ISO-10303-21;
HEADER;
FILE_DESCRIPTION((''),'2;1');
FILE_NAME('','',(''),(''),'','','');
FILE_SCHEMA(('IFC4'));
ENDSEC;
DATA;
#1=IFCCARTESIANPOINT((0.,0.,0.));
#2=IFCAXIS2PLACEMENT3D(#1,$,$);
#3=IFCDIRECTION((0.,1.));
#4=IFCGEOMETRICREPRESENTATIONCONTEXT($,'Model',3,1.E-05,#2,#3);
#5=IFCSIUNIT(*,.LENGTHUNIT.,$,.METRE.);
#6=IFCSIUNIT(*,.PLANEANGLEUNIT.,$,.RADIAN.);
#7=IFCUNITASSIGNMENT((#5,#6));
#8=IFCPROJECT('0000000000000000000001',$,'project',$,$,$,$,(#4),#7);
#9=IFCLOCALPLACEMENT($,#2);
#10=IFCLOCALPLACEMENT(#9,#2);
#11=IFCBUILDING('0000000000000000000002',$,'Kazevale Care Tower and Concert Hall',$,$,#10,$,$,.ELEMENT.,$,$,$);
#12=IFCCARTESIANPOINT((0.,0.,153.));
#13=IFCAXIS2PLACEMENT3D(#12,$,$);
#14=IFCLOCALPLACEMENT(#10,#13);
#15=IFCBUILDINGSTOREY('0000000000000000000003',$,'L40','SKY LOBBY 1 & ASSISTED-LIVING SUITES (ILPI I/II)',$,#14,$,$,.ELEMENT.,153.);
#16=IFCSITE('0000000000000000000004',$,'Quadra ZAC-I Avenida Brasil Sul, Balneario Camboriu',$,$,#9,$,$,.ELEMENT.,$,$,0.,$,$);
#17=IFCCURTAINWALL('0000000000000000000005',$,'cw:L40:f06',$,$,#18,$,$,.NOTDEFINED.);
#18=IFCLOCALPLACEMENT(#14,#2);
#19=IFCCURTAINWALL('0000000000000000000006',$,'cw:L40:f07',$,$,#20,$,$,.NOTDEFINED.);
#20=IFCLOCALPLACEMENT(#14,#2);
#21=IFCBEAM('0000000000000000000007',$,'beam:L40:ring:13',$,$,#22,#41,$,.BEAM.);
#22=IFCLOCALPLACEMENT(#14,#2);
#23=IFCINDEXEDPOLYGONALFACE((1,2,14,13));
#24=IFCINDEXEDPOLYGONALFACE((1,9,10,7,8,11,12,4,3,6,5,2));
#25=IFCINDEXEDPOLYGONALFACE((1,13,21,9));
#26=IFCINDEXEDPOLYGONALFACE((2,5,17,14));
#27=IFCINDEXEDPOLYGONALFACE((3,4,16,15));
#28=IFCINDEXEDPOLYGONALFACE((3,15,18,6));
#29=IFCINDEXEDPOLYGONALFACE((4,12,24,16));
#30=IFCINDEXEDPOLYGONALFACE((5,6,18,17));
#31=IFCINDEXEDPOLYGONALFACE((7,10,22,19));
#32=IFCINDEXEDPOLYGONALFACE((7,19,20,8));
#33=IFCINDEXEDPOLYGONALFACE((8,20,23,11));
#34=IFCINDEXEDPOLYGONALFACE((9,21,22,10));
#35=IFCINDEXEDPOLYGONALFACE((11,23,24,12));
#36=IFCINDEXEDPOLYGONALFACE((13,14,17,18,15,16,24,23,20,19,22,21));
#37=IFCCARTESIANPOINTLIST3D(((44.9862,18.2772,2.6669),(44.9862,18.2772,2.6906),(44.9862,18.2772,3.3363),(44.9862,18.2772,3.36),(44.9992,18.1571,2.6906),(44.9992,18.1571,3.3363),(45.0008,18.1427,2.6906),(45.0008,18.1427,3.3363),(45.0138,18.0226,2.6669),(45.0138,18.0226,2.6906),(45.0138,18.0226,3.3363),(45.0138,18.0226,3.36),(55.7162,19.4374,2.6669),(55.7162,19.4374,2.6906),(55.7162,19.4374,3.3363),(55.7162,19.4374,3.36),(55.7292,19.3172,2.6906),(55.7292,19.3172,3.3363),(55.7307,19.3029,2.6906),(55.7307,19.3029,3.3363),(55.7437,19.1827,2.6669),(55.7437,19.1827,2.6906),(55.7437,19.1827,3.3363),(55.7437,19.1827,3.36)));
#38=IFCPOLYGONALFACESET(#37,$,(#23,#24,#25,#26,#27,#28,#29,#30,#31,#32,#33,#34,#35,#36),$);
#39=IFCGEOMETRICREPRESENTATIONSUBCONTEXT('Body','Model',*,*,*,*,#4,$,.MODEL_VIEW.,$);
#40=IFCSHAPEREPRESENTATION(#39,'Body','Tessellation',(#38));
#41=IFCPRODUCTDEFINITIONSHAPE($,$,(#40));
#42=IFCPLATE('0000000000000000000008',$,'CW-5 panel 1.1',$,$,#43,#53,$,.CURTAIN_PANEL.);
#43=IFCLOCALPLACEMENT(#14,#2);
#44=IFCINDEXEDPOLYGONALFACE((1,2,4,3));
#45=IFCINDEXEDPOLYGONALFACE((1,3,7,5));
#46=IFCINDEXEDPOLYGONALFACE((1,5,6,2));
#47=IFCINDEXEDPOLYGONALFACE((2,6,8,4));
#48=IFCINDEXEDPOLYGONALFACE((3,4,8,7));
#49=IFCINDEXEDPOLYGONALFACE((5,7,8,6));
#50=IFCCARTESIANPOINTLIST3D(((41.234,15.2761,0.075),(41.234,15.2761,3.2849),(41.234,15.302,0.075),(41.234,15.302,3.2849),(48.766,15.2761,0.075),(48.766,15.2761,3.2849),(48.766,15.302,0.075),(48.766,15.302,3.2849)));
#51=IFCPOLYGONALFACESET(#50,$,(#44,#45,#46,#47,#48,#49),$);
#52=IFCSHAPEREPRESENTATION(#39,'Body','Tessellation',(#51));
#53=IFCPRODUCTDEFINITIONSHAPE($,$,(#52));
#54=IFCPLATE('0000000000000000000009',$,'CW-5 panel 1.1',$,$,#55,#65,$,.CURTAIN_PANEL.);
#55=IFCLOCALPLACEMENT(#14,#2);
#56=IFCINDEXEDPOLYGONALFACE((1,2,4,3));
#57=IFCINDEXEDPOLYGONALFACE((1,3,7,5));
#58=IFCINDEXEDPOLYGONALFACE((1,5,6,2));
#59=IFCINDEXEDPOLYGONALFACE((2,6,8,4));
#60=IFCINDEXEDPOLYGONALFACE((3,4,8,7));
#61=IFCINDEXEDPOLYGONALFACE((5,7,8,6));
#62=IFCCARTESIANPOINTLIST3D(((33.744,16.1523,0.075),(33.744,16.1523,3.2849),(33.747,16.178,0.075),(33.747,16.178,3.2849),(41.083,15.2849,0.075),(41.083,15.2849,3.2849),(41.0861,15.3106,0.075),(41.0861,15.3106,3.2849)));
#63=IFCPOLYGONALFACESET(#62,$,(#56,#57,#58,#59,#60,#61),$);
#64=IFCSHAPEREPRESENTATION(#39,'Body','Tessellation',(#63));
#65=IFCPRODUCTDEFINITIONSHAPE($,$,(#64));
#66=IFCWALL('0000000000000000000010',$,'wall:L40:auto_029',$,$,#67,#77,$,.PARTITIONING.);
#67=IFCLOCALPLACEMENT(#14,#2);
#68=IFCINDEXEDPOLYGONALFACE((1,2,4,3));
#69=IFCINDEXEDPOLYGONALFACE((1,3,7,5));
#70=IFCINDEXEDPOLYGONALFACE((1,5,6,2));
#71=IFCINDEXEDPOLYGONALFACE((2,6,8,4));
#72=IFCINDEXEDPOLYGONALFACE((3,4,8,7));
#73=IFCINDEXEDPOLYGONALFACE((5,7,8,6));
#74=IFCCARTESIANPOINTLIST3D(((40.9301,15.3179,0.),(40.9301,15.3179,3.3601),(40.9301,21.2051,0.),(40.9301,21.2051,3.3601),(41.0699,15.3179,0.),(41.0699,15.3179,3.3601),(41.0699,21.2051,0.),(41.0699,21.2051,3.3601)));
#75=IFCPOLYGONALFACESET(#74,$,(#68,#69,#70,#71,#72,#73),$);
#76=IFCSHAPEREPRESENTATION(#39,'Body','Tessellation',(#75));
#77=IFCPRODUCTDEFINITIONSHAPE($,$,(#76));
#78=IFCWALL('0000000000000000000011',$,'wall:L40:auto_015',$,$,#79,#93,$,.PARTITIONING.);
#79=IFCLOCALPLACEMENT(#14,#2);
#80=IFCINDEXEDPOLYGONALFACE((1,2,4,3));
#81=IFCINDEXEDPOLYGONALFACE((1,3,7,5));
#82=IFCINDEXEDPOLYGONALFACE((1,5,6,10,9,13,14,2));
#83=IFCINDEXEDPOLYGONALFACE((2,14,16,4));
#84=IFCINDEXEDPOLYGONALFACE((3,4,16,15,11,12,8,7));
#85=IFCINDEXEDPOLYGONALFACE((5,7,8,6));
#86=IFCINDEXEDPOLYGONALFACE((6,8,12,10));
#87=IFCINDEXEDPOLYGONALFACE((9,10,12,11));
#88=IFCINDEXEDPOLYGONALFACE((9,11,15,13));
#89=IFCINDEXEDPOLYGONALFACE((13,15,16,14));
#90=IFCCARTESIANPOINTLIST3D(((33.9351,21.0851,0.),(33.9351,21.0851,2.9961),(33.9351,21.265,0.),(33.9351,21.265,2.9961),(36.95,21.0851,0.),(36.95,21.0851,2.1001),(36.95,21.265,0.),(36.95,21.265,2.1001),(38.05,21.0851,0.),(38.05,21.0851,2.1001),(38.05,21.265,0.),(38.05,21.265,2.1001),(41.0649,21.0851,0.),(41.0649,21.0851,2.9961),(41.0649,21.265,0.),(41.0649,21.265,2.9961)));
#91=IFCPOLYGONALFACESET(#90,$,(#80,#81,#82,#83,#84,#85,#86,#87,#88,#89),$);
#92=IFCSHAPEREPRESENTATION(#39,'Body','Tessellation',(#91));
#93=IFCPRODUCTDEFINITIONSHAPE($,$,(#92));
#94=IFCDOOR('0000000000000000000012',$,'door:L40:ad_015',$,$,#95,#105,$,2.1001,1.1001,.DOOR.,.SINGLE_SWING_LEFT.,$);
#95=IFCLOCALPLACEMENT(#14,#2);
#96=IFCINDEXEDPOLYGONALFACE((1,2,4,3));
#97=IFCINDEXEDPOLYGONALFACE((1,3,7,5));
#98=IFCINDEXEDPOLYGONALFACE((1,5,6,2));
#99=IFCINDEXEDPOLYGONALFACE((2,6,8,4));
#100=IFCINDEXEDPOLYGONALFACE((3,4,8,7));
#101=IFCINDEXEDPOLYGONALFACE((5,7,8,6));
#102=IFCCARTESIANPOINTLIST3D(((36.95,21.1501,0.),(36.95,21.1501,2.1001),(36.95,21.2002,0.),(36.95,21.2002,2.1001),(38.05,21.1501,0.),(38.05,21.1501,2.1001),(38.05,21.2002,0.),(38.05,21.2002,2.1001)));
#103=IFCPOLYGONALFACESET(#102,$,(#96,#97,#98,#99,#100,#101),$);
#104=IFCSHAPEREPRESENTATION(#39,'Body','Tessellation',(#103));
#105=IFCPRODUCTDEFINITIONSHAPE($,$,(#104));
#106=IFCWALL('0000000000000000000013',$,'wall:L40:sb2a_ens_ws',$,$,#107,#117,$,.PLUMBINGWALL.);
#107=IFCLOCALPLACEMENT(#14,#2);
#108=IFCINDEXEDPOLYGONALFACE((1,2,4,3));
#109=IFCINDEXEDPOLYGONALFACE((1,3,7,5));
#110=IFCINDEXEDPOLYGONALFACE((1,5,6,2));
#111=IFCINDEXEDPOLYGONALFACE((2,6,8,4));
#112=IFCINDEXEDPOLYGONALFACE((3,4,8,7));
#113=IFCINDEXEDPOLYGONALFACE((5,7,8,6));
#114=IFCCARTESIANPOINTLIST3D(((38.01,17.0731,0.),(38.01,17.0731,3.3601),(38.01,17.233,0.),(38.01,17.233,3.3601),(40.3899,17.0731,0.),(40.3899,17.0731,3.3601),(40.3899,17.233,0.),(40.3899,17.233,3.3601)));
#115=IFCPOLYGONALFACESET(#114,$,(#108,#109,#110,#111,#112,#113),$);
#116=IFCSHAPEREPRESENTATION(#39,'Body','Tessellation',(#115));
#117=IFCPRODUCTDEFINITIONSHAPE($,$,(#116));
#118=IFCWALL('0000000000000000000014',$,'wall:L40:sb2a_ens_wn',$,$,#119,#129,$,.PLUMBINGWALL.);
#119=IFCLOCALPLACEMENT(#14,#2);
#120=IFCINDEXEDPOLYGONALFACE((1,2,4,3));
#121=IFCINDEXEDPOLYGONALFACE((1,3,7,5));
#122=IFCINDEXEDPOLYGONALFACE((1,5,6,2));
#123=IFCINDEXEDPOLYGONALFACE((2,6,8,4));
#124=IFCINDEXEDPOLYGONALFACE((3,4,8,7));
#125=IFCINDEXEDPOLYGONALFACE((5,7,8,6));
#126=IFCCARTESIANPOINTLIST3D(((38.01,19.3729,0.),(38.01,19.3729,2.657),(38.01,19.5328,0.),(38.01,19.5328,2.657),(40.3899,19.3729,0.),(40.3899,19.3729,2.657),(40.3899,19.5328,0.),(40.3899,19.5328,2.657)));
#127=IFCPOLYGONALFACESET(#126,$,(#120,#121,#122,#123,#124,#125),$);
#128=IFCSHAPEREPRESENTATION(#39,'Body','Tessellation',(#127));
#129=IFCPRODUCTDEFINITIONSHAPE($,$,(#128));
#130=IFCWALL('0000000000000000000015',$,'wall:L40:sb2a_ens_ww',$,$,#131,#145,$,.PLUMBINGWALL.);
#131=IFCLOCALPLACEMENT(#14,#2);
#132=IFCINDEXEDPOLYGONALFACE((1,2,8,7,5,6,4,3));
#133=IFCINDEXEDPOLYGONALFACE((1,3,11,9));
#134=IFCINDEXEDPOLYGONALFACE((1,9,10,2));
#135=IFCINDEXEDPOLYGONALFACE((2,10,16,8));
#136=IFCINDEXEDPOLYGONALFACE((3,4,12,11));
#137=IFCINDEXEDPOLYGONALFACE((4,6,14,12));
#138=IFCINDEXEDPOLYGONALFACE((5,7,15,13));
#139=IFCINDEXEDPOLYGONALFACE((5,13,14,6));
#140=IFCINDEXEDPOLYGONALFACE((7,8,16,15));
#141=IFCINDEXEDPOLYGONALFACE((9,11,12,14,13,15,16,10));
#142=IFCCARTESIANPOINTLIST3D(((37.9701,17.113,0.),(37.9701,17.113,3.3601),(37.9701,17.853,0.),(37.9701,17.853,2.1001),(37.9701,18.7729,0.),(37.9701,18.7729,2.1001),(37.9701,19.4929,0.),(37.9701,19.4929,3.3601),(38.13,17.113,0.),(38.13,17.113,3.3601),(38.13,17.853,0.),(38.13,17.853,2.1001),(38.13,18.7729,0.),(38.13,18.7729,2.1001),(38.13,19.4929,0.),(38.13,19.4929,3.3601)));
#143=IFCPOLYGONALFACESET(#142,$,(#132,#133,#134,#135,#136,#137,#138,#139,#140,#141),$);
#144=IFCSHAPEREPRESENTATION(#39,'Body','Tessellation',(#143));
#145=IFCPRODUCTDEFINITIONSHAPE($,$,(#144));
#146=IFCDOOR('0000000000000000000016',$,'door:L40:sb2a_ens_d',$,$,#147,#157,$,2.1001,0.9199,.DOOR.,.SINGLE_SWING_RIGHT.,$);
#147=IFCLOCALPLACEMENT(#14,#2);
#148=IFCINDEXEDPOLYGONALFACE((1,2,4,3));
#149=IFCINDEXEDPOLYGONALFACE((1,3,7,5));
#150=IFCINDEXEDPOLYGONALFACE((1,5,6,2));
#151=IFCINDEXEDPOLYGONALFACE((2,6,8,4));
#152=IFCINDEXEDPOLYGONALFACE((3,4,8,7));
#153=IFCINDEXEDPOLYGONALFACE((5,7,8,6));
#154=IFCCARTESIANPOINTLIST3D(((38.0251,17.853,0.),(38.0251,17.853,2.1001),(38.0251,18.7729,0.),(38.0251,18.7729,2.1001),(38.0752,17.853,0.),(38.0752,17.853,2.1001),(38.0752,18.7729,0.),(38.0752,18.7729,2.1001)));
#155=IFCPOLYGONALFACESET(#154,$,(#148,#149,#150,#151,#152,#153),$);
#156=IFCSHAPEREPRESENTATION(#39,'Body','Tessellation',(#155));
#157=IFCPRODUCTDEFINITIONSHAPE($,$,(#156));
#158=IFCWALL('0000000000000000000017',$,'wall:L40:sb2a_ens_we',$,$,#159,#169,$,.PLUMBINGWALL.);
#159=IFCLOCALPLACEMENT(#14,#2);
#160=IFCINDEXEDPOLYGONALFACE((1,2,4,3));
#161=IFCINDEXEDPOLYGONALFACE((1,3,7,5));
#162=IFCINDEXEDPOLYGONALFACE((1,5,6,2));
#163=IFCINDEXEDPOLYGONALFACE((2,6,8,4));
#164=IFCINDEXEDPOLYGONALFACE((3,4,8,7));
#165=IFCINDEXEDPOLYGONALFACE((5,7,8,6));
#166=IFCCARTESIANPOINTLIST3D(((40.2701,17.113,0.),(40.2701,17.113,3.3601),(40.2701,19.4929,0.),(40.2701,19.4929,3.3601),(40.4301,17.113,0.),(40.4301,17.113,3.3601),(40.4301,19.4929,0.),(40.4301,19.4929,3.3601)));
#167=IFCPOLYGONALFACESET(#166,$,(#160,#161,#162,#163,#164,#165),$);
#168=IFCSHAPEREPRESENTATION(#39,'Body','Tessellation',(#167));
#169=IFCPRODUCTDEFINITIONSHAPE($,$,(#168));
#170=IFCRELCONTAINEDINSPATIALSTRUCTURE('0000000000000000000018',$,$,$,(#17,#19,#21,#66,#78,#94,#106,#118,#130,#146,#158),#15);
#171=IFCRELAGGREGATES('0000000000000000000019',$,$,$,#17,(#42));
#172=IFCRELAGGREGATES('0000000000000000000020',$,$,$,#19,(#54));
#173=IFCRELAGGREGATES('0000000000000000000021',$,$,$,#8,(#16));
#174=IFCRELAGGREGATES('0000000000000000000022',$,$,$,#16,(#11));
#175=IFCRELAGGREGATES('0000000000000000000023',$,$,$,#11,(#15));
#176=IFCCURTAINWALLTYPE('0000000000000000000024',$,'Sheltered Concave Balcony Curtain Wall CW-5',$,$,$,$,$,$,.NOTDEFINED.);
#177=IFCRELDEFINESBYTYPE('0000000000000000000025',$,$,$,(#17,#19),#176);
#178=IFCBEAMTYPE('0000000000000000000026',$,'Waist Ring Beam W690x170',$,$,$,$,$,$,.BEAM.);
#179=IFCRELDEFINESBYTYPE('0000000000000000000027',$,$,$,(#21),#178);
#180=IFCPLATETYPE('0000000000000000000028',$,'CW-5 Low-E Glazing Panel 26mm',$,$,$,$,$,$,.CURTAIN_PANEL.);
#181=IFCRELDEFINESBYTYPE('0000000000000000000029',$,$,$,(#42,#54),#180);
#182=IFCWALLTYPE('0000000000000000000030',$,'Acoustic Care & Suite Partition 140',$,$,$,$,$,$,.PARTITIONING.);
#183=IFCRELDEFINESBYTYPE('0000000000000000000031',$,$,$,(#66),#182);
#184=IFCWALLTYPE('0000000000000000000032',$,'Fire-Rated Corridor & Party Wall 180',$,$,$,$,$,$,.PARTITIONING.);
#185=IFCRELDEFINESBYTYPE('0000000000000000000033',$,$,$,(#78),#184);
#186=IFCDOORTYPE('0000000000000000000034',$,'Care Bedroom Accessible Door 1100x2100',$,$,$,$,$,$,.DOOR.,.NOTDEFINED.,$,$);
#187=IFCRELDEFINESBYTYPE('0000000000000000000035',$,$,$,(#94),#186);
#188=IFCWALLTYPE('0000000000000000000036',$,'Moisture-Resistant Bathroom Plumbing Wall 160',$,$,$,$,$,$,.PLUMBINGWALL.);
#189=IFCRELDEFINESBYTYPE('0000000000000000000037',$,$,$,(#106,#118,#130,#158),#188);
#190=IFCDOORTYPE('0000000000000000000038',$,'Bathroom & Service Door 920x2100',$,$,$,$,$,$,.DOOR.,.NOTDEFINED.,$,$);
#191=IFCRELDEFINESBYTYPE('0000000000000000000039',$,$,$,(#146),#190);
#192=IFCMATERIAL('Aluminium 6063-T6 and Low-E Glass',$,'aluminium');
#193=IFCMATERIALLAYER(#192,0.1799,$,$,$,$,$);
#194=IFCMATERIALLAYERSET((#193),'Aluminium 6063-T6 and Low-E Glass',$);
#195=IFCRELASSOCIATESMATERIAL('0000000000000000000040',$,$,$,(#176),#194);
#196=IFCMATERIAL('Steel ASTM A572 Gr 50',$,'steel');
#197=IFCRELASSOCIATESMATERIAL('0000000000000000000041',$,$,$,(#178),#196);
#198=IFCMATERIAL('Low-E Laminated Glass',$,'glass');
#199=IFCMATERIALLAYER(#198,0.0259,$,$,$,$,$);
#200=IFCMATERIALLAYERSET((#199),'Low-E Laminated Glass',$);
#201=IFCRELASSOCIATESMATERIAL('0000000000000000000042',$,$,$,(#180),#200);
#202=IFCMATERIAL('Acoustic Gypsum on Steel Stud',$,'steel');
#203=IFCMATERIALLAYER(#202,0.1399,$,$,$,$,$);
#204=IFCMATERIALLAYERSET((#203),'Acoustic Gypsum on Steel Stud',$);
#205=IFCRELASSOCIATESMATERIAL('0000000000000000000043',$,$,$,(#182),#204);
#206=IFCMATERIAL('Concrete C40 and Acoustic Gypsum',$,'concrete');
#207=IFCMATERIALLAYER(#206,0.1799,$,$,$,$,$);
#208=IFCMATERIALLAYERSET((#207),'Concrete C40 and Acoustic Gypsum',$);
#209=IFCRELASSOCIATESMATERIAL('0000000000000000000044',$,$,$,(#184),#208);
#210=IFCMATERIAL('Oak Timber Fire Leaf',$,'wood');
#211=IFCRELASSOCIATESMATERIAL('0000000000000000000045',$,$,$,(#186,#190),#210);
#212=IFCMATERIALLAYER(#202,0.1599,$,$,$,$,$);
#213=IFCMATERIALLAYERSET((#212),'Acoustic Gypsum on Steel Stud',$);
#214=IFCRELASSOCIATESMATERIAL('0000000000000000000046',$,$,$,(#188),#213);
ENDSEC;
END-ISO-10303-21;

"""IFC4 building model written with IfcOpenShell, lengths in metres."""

from ifc_helpers import new_model, si_unit, direction, frame, frame_2d, origin, origin_2d, place, context, subcontext, project, spatial, rectangle, i_section, extrude, material, layer, layer_set, material_profile, profile_set, type_object, element, fill, aggregate, save


model = new_model("IFC4")

# Units and contexts
model_context = context("Model", 3, precision=1e-05, world=origin(), true_north=direction((0.0, 1.0)))
body_context = subcontext(model_context, "Body", "Model", "MODEL_VIEW")
ifc_project = project(units=[si_unit("LENGTHUNIT", "METRE"), si_unit("PLANEANGLEUNIT", "RADIAN")], contexts=[model_context])

# Site, building, storey
site_placement = place(None, origin())
site = spatial("IfcSite", under=ifc_project, at=site_placement, Name="Quadra ZAC-I Avenida Brasil Sul, Balneario Camboriu", CompositionType="ELEMENT", RefElevation=0.0)
building_placement = place(site_placement, origin())
building = spatial("IfcBuilding", under=site, at=building_placement, Name="Kazevale Care Tower and Concert Hall", CompositionType="ELEMENT")
storey_placement = place(building_placement, frame((0.0, 0.0, 153.0)))
storey = spatial("IfcBuildingStorey", under=building, at=storey_placement, Name="L40", Description="SKY LOBBY 1 & ASSISTED-LIVING SUITES (ILPI I/II)", CompositionType="ELEMENT", Elevation=153.0)

# Curtain wall
ifc_material_1 = material(Name="Aluminium 6063-T6 and Low-E Glass", Category="aluminium")
ifc_layer_1 = layer(ifc_material_1, 0.1799)
ifc_layer_set_1 = layer_set([ifc_layer_1], Name="Aluminium 6063-T6 and Low-E Glass")
curtain_wall_type = type_object("IfcCurtainWallType", Name="Sheltered Concave Balcony Curtain Wall CW-5", PredefinedType="NOTDEFINED", material=ifc_layer_set_1)
curtain_wall_1_placement = place(storey_placement, origin())
curtain_wall_1 = element("IfcCurtainWall", 1, at=curtain_wall_1_placement, inside=storey, type_object=curtain_wall_type, Name="cw:L40:f06", PredefinedType="NOTDEFINED")

# Curtain wall
curtain_wall_2_placement = place(storey_placement, origin())
curtain_wall_2 = element("IfcCurtainWall", 2, at=curtain_wall_2_placement, inside=storey, type_object=curtain_wall_type, Name="cw:L40:f07", PredefinedType="NOTDEFINED")

# Beam
ifc_material_2 = material(Name="Steel ASTM A572 Gr 50", Category="steel")
ifc_material_profile_1 = material_profile(ifc_material_2, i_section(OverallWidth=0.2561, OverallDepth=0.6931, WebThickness=0.0144, FlangeThickness=0.0237, at=origin_2d()), Name="W690x170")
ifc_profile_set_1 = profile_set([ifc_material_profile_1], Name="Steel ASTM A572 Gr 50")
beam_type_1 = type_object("IfcBeamType", Name="Waist Ring Beam W690x170", PredefinedType="BEAM", material=ifc_profile_set_1)
beam_1_placement = place(storey_placement, frame((45.0, 18.1499, 3.0134), z_axis=(0.994205, 0.107496, 0.0), x_axis=(-0.107496, 0.994205, 0.0)))
element("IfcBeam", 3, at=beam_1_placement, inside=storey, type_object=beam_type_1, Name="beam:L40:ring:13", PredefinedType="BEAM", context=body_context, shape_type="SweptSolid", body=[
    extrude(i_section(OverallWidth=0.2561, OverallDepth=0.6931, WebThickness=0.0144, FlangeThickness=0.0237, at=origin_2d()), origin(), (0.0, 0.0, 1.0), 10.7925),
])

# Plates
ifc_material_3 = material(Name="Low-E Laminated Glass", Category="glass")
ifc_layer_2 = layer(ifc_material_3, 0.0259)
ifc_layer_set_2 = layer_set([ifc_layer_2], Name="Low-E Laminated Glass")
plate_type = type_object("IfcPlateType", Name="CW-5 Low-E Glazing Panel 26mm", PredefinedType="CURTAIN_PANEL", material=ifc_layer_set_2)
plate_1_placement = place(storey_placement, frame((45.0, 15.2891, 0.075), z_axis=(0.0, 0.0, 1.0), x_axis=(-1.0, 0.0, 0.0)))
plate_1 = element("IfcPlate", 4, at=plate_1_placement, type_object=plate_type, Name="CW-5 panel 1.1", PredefinedType="CURTAIN_PANEL", context=body_context, shape_type="SweptSolid", body=[
    extrude(rectangle(XDim=7.532, YDim=0.0259, at=origin_2d()), origin(), (0.0, 0.0, 1.0), 3.21),
])
aggregate(curtain_wall_1, [plate_1])
plate_2_placement = place(storey_placement, frame((37.415, 15.7314, 0.075), z_axis=(0.0, 0.0, 1.0), x_axis=(-0.993088, 0.117372, 0.0)))
plate_2 = element("IfcPlate", 5, at=plate_2_placement, type_object=plate_type, Name="CW-5 panel 1.1", PredefinedType="CURTAIN_PANEL", context=body_context, shape_type="SweptSolid", body=[
    extrude(rectangle(XDim=7.3901, YDim=0.0259, at=origin_2d()), origin(), (0.0, 0.0, 1.0), 3.21),
])
aggregate(curtain_wall_2, [plate_2])

# Wall
ifc_material_4 = material(Name="Acoustic Gypsum on Steel Stud", Category="steel")
ifc_layer_3 = layer(ifc_material_4, 0.1399)
ifc_layer_set_3 = layer_set([ifc_layer_3], Name="Acoustic Gypsum on Steel Stud")
wall_type_1 = type_object("IfcWallType", Name="Acoustic Care & Suite Partition 140", PredefinedType="PARTITIONING", material=ifc_layer_set_3)
wall_1_placement = place(storey_placement, frame((41.0, 21.2051, 0.0), z_axis=(0.0, 0.0, 1.0), x_axis=(0.0, -1.0, 0.0)))
element("IfcWall", 6, at=wall_1_placement, inside=storey, type_object=wall_type_1, Name="wall:L40:auto_029", PredefinedType="PARTITIONING", context=body_context, shape_type="SweptSolid", body=[
    extrude(rectangle(XDim=5.8872, YDim=0.1399, at=frame_2d((2.9436, 0.0))), origin(), (0.0, 0.0, 1.0), 3.3601),
])

# Wall, opening, door
ifc_material_5 = material(Name="Concrete C40 and Acoustic Gypsum", Category="concrete")
ifc_layer_4 = layer(ifc_material_5, 0.1799)
ifc_layer_set_4 = layer_set([ifc_layer_4], Name="Concrete C40 and Acoustic Gypsum")
wall_type_2 = type_object("IfcWallType", Name="Fire-Rated Corridor & Party Wall 180", PredefinedType="PARTITIONING", material=ifc_layer_set_4)
wall_2_placement = place(storey_placement, frame((41.0649, 21.175, 0.0), z_axis=(0.0, 0.0, 1.0), x_axis=(-1.0, 0.0, 0.0)))
wall_2 = element("IfcWall", 7, at=wall_2_placement, inside=storey, type_object=wall_type_2, Name="wall:L40:auto_015", PredefinedType="PARTITIONING", context=body_context, shape_type="SweptSolid", body=[
    extrude(rectangle(XDim=7.1299, YDim=0.1799, at=frame_2d((3.5649, 0.0))), origin(), (0.0, 0.0, 1.0), 2.9961),
])
opening_1_placement = place(wall_2_placement, frame((3.0149, 0.0, 0.0)))
opening_1 = element("IfcOpeningElement", 8, at=opening_1_placement, cuts=wall_2, PredefinedType="OPENING", context=body_context, shape_type="SweptSolid", body=[
    extrude(rectangle(XDim=1.1001, YDim=2.1001, at=frame_2d((0.55, 1.05))), frame((0.0, 0.0999, 0.0), z_axis=(0.0, -1.0, 0.0), x_axis=(1.0, 0.0, 0.0)), (0.0, 0.0, 1.0), 0.2),
])
ifc_material_6 = material(Name="Oak Timber Fire Leaf", Category="wood")
door_type_1 = type_object("IfcDoorType", Name="Care Bedroom Accessible Door 1100x2100", OperationType="NOTDEFINED", PredefinedType="DOOR", material=ifc_material_6)
door_1_placement = place(opening_1_placement, origin())
door_1 = element("IfcDoor", 9, at=door_1_placement, inside=storey, type_object=door_type_1, Name="door:L40:ad_015", OperationType="SINGLE_SWING_LEFT", OverallHeight=2.1001, OverallWidth=1.1001, PredefinedType="DOOR", context=body_context, shape_type="SweptSolid", body=[
    extrude(rectangle(XDim=1.1001, YDim=2.1001, at=frame_2d((0.55, 1.05))), frame((0.0, 0.0249, 0.0), z_axis=(0.0, -1.0, 0.0), x_axis=(1.0, 0.0, 0.0)), (0.0, 0.0, 1.0), 0.05),
])
fill(opening_1, door_1)

# Walls
ifc_layer_5 = layer(ifc_material_4, 0.1599)
ifc_layer_set_5 = layer_set([ifc_layer_5], Name="Acoustic Gypsum on Steel Stud")
wall_type_3 = type_object("IfcWallType", Name="Moisture-Resistant Bathroom Plumbing Wall 160", PredefinedType="PLUMBINGWALL", material=ifc_layer_set_5)
wall_3_placement = place(storey_placement, frame((38.01, 17.1531, 0.0), z_axis=(0.0, 0.0, 1.0), x_axis=(1.0, 0.0, 0.0)))
element("IfcWall", 10, at=wall_3_placement, inside=storey, type_object=wall_type_3, Name="wall:L40:sb2a_ens_ws", PredefinedType="PLUMBINGWALL", context=body_context, shape_type="SweptSolid", body=[
    extrude(rectangle(XDim=2.3799, YDim=0.1599, at=frame_2d((1.1899, 0.0))), origin(), (0.0, 0.0, 1.0), 3.3601),
])
wall_4_placement = place(storey_placement, frame((38.01, 19.4529, 0.0), z_axis=(0.0, 0.0, 1.0), x_axis=(1.0, 0.0, 0.0)))
element("IfcWall", 11, at=wall_4_placement, inside=storey, type_object=wall_type_3, Name="wall:L40:sb2a_ens_wn", PredefinedType="PLUMBINGWALL", context=body_context, shape_type="SweptSolid", body=[
    extrude(rectangle(XDim=2.3799, YDim=0.1599, at=frame_2d((1.1899, 0.0))), origin(), (0.0, 0.0, 1.0), 2.657),
])

# Wall, opening, door
wall_5_placement = place(storey_placement, frame((38.05, 17.113, 0.0), z_axis=(0.0, 0.0, 1.0), x_axis=(0.0, 1.0, 0.0)))
wall_5 = element("IfcWall", 12, at=wall_5_placement, inside=storey, type_object=wall_type_3, Name="wall:L40:sb2a_ens_ww", PredefinedType="PLUMBINGWALL", context=body_context, shape_type="SweptSolid", body=[
    extrude(rectangle(XDim=2.3799, YDim=0.1599, at=frame_2d((1.1899, 0.0))), origin(), (0.0, 0.0, 1.0), 3.3601),
])
opening_2_placement = place(wall_5_placement, frame((0.74, 0.0, 0.0)))
opening_2 = element("IfcOpeningElement", 13, at=opening_2_placement, cuts=wall_5, PredefinedType="OPENING", context=body_context, shape_type="SweptSolid", body=[
    extrude(rectangle(XDim=0.9199, YDim=2.1001, at=frame_2d((0.46, 1.05))), frame((0.0, 0.0898, 0.0), z_axis=(0.0, -1.0, 0.0), x_axis=(1.0, 0.0, 0.0)), (0.0, 0.0, 1.0), 0.1799),
])
door_type_2 = type_object("IfcDoorType", Name="Bathroom & Service Door 920x2100", OperationType="NOTDEFINED", PredefinedType="DOOR", material=ifc_material_6)
door_2_placement = place(opening_2_placement, origin())
door_2 = element("IfcDoor", 14, at=door_2_placement, inside=storey, type_object=door_type_2, Name="door:L40:sb2a_ens_d", OperationType="SINGLE_SWING_RIGHT", OverallHeight=2.1001, OverallWidth=0.9199, PredefinedType="DOOR", context=body_context, shape_type="SweptSolid", body=[
    extrude(rectangle(XDim=0.9199, YDim=2.1001, at=frame_2d((0.46, 1.05))), frame((0.0, 0.0249, 0.0), z_axis=(0.0, -1.0, 0.0), x_axis=(1.0, 0.0, 0.0)), (0.0, 0.0, 1.0), 0.05),
])
fill(opening_2, door_2)

# Wall
wall_6_placement = place(storey_placement, frame((40.3501, 17.113, 0.0), z_axis=(0.0, 0.0, 1.0), x_axis=(0.0, 1.0, 0.0)))
element("IfcWall", 15, at=wall_6_placement, inside=storey, type_object=wall_type_3, Name="wall:L40:sb2a_ens_we", PredefinedType="PLUMBINGWALL", context=body_context, shape_type="SweptSolid", body=[
    extrude(rectangle(XDim=2.3799, YDim=0.1599, at=frame_2d((1.1899, 0.0))), origin(), (0.0, 0.0, 1.0), 3.3601),
])

save(model, "model.ifc")
